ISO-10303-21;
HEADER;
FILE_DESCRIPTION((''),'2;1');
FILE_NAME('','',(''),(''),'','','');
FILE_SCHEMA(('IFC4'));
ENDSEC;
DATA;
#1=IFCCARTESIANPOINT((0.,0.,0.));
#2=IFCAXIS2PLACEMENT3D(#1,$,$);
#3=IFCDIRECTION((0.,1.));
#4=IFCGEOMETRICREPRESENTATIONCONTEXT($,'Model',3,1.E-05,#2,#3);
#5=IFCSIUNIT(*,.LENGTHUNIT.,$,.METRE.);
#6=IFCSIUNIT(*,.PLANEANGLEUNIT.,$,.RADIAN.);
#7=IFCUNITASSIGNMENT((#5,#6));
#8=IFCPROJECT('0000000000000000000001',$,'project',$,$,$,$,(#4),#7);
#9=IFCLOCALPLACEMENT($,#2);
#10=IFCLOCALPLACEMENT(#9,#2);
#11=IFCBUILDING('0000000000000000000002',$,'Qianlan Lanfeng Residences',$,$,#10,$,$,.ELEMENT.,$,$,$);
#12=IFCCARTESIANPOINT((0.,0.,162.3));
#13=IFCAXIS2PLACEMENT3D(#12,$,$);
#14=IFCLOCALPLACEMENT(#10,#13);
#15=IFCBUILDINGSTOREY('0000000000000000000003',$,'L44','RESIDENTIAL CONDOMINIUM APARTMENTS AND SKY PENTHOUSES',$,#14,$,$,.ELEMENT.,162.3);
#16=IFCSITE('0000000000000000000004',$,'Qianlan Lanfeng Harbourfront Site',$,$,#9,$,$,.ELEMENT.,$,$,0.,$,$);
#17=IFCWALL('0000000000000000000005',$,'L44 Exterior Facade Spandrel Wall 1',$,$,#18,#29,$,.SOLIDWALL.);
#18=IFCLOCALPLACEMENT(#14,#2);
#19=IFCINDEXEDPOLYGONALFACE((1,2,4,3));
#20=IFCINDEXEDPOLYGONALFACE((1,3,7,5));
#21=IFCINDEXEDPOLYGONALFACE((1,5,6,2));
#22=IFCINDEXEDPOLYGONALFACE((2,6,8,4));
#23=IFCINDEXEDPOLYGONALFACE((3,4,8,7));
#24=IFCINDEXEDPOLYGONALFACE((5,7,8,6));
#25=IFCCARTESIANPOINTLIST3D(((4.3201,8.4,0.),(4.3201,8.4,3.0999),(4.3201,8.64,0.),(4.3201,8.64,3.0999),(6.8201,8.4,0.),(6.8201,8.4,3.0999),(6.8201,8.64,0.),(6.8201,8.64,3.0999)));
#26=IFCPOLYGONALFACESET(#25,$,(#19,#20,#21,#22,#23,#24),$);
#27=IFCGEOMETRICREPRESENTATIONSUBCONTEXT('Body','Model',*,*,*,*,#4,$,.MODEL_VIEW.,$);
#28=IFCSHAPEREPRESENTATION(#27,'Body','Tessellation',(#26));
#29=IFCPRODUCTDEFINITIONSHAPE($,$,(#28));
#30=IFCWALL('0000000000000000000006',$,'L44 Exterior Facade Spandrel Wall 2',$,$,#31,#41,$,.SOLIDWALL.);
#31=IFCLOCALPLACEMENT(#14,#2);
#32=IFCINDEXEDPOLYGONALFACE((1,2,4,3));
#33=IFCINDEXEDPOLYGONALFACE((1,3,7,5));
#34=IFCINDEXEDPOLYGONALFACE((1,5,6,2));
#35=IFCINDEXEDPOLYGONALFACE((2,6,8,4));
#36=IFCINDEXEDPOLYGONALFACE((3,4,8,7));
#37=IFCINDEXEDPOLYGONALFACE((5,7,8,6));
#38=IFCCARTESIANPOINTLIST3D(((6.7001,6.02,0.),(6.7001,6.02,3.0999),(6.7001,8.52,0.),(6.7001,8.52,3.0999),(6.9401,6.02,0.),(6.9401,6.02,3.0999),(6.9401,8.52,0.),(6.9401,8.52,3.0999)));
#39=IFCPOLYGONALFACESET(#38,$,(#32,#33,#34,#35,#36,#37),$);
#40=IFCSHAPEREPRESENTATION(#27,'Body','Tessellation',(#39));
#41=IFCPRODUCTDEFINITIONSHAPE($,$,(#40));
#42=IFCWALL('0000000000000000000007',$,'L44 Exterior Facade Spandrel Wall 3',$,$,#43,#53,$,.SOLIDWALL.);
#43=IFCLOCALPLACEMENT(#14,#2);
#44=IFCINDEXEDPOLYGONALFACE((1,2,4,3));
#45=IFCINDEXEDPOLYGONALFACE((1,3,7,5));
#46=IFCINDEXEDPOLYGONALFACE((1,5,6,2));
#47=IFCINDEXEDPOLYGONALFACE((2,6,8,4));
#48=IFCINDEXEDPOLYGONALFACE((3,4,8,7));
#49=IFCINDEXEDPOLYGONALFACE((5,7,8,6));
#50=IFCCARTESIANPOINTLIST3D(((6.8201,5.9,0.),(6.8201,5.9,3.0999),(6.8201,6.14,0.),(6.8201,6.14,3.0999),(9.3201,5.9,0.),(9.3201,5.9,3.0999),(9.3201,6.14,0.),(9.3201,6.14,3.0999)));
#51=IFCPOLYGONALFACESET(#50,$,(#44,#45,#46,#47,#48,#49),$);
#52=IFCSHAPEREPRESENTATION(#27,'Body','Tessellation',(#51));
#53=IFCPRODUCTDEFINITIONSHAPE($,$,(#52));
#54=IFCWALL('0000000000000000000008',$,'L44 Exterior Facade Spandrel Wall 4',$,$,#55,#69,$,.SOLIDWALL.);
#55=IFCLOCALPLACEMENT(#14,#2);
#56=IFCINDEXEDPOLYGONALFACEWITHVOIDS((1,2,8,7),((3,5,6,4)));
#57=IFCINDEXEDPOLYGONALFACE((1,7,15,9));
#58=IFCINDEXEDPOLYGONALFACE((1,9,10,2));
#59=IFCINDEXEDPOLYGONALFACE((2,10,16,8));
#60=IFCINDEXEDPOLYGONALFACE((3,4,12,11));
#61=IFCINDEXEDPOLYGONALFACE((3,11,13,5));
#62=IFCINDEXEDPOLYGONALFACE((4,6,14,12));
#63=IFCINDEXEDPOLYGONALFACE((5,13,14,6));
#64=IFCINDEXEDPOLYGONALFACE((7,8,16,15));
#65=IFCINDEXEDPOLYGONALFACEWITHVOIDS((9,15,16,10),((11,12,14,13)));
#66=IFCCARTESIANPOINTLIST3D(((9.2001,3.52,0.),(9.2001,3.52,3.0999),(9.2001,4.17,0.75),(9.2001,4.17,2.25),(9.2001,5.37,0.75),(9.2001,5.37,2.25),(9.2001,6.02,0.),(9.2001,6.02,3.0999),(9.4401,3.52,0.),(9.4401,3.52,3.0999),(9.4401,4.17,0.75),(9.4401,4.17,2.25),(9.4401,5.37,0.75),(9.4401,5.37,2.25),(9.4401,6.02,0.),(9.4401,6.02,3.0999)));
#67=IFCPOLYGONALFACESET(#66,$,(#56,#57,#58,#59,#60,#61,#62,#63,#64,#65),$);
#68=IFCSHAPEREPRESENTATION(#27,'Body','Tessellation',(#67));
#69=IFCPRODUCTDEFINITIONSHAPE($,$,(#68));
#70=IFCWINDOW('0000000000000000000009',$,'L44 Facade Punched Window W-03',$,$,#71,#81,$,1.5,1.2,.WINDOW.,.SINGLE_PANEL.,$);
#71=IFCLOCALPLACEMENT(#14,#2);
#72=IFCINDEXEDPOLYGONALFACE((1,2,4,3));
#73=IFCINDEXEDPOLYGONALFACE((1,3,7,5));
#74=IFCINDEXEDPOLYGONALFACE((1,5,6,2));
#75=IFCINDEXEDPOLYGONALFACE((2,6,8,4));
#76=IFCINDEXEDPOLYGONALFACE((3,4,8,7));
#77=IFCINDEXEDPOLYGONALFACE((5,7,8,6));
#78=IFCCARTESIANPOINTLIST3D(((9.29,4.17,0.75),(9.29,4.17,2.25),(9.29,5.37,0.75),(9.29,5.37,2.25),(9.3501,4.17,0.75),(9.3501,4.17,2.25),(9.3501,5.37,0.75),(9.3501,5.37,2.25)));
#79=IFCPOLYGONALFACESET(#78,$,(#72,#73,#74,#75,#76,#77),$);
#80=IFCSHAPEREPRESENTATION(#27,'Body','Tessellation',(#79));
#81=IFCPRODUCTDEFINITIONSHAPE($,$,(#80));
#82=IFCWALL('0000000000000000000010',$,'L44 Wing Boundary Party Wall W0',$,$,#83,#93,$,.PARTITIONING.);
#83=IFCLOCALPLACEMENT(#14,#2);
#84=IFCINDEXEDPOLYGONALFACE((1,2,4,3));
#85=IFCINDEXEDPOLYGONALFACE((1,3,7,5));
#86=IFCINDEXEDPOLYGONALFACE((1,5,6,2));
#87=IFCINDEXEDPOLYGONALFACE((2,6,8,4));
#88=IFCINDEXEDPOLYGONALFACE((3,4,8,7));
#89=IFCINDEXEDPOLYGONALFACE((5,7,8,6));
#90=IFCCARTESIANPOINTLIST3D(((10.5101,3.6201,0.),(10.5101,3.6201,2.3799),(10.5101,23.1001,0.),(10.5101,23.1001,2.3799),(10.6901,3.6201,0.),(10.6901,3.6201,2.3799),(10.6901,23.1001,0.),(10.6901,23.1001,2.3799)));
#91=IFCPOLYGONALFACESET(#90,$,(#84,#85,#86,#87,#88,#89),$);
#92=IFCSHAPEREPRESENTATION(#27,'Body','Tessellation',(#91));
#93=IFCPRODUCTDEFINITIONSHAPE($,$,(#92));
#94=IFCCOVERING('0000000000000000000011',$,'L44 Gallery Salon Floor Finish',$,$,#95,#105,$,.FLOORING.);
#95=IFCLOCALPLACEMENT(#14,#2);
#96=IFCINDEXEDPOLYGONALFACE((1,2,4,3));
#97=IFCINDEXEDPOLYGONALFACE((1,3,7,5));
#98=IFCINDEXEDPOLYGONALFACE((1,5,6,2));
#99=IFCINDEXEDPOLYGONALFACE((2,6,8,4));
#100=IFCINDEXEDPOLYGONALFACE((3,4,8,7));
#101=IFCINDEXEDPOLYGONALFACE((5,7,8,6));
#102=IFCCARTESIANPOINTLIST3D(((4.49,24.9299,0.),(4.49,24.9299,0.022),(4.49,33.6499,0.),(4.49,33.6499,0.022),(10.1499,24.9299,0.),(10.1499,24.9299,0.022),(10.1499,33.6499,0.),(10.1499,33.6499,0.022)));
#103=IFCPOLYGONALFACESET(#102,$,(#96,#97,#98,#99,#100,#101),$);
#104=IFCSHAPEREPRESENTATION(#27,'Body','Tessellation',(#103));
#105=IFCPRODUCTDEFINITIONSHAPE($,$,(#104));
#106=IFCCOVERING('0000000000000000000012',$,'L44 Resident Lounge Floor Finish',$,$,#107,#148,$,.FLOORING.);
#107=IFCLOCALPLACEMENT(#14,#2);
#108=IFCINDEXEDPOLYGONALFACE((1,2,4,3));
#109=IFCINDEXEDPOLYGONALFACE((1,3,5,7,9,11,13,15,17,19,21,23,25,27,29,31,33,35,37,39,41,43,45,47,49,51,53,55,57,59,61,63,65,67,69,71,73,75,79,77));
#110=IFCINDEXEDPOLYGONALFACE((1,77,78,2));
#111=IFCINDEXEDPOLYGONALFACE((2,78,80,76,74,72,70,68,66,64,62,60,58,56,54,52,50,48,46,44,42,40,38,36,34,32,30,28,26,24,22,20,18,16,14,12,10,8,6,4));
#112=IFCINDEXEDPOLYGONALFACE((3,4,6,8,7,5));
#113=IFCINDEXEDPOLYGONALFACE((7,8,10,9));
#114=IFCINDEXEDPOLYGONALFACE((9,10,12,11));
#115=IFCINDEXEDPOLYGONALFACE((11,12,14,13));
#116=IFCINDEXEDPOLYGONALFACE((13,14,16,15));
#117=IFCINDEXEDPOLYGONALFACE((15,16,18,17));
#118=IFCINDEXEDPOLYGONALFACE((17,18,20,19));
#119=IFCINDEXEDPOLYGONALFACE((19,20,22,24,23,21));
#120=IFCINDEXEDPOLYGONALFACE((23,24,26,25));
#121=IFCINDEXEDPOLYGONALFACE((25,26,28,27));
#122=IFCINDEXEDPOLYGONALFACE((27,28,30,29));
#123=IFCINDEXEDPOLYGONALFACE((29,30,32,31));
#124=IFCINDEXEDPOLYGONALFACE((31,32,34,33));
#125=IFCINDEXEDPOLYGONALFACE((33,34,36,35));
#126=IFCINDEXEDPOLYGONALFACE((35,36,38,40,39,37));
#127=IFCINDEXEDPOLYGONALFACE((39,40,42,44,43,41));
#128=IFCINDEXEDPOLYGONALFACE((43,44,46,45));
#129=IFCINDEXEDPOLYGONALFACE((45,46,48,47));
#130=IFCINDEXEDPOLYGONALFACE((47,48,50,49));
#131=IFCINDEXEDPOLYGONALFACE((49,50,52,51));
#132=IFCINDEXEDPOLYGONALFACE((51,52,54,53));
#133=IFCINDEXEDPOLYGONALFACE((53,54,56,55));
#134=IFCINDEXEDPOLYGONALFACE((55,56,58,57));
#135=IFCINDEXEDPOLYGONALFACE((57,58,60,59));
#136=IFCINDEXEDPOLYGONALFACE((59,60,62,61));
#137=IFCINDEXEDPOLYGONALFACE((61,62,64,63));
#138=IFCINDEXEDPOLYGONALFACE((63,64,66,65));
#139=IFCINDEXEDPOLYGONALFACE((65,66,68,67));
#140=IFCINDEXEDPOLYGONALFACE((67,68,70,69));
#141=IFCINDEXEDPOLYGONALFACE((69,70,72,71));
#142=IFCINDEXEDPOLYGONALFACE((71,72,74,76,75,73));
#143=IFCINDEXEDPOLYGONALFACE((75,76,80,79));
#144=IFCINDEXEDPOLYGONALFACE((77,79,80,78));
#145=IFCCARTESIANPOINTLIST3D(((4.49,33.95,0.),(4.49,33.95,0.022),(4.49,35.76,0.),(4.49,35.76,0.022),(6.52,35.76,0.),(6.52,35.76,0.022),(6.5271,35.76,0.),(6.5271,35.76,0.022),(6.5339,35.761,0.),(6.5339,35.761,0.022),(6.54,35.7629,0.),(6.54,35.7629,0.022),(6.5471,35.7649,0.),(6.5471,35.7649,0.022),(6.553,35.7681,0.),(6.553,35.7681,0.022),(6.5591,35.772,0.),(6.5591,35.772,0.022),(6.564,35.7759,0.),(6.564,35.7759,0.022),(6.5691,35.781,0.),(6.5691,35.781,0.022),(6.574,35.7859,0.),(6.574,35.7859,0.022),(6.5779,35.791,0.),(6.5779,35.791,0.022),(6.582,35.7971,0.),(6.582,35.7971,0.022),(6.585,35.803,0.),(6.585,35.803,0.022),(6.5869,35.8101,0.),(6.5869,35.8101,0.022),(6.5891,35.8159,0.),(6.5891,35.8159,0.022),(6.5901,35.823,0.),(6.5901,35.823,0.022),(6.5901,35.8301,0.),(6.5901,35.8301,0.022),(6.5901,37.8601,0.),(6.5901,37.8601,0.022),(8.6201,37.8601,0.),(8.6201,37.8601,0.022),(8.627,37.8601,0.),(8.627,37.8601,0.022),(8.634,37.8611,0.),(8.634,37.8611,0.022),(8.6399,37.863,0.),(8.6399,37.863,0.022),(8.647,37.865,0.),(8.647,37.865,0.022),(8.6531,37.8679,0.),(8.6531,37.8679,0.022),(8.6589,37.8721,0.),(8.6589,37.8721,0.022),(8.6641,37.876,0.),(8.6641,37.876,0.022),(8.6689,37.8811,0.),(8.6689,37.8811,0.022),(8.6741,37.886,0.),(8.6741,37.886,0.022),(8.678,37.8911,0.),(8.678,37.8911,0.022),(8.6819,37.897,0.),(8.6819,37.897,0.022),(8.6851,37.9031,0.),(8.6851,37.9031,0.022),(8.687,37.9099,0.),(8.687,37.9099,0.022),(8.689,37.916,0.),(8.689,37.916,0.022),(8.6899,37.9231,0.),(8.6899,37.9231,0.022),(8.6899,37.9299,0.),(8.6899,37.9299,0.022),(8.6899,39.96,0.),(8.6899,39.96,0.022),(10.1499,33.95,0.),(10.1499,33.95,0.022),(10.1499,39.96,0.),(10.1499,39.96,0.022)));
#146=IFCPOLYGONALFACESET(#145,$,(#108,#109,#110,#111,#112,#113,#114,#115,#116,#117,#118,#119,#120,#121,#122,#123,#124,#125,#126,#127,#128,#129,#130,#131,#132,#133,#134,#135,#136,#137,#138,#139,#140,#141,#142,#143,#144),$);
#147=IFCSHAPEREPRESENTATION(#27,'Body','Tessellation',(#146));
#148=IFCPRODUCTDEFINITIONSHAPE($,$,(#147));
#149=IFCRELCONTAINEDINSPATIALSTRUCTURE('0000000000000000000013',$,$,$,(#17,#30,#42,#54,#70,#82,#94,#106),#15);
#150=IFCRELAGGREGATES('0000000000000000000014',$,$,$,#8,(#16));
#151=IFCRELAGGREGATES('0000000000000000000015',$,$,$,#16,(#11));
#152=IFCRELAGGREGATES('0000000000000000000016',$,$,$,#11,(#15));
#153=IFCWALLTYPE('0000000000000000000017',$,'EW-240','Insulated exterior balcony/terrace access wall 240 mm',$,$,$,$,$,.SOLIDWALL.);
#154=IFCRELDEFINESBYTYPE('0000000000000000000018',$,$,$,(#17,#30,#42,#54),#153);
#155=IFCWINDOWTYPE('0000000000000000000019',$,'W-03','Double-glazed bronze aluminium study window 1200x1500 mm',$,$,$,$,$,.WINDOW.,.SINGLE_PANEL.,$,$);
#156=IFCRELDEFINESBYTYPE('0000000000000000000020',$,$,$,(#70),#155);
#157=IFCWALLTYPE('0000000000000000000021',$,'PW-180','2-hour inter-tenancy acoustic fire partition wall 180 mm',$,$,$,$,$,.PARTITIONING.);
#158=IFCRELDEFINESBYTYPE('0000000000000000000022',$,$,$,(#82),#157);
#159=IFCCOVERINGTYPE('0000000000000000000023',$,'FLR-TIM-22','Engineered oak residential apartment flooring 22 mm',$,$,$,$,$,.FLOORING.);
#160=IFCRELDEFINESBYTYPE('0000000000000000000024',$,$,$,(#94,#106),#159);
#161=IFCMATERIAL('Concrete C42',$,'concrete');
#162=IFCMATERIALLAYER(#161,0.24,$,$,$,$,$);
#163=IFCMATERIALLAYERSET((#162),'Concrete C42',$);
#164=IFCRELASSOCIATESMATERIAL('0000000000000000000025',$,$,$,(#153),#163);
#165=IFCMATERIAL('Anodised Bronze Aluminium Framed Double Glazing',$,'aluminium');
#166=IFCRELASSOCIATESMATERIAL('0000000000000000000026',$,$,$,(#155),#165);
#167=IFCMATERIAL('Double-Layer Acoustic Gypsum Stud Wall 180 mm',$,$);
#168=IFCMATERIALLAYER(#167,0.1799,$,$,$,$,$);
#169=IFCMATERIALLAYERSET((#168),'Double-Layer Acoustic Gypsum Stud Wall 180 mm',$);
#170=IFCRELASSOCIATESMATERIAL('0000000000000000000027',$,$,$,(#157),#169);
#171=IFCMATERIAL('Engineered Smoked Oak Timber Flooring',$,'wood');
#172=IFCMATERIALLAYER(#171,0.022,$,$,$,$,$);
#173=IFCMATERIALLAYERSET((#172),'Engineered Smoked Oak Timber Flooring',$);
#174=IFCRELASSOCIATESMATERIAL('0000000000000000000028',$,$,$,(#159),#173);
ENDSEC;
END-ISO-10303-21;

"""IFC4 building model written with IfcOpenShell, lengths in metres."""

from ifc_helpers import new_model, si_unit, direction, frame, frame_2d, origin, place, context, subcontext, project, spatial, polyline, rectangle, outline, extrude, material, layer, layer_set, type_object, element, fill, save


model = new_model("IFC4")

# Units and contexts
model_context = context("Model", 3, precision=1e-05, world=origin(), true_north=direction((0.0, 1.0)))
body_context = subcontext(model_context, "Body", "Model", "MODEL_VIEW")
ifc_project = project(units=[si_unit("LENGTHUNIT", "METRE"), si_unit("PLANEANGLEUNIT", "RADIAN")], contexts=[model_context])

# Site, building, storey
site_placement = place(None, origin())
site = spatial("IfcSite", under=ifc_project, at=site_placement, Name="Qianlan Lanfeng Harbourfront Site", CompositionType="ELEMENT", RefElevation=0.0)
building_placement = place(site_placement, origin())
building = spatial("IfcBuilding", under=site, at=building_placement, Name="Qianlan Lanfeng Residences", CompositionType="ELEMENT")
storey_placement = place(building_placement, frame((0.0, 0.0, 162.3)))
storey = spatial("IfcBuildingStorey", under=building, at=storey_placement, Name="L44", Description="RESIDENTIAL CONDOMINIUM APARTMENTS AND SKY PENTHOUSES", CompositionType="ELEMENT", Elevation=162.3)

# Walls
ifc_material_1 = material(Name="Concrete C42", Category="concrete")
ifc_layer_1 = layer(ifc_material_1, 0.24)
ifc_layer_set_1 = layer_set([ifc_layer_1], Name="Concrete C42")
wall_type_1 = type_object("IfcWallType", Name="EW-240", Description="Insulated exterior balcony/terrace access wall 240 mm", PredefinedType="SOLIDWALL", material=ifc_layer_set_1)
for number, where, z_axis, x_axis, name in (
    (1, (4.3201, 8.52, 0.0), (0.0, 0.0, 1.0), (1.0, 0.0, 0.0), "L44 Exterior Facade Spandrel Wall 1"),
    (2, (6.8201, 8.52, 0.0), (0.0, 0.0, 1.0), (0.0, -1.0, 0.0), "L44 Exterior Facade Spandrel Wall 2"),
    (3, (6.8201, 6.02, 0.0), (0.0, 0.0, 1.0), (1.0, 0.0, 0.0), "L44 Exterior Facade Spandrel Wall 3"),
):
    element("IfcWall", number, at=place(storey_placement, frame(where, z_axis=z_axis, x_axis=x_axis)), inside=storey, type_object=wall_type_1, Name=name, PredefinedType="SOLIDWALL", context=body_context, shape_type="SweptSolid", body=[
        extrude(rectangle(XDim=2.5, YDim=0.24, at=frame_2d((1.25, 0.0))), origin(), (0.0, 0.0, 1.0), 3.0999),
    ])

# Wall, opening, window
wall_1_placement = place(storey_placement, frame((9.3201, 6.02, 0.0), z_axis=(0.0, 0.0, 1.0), x_axis=(0.0, -1.0, 0.0)))
wall_1 = element("IfcWall", 4, at=wall_1_placement, inside=storey, type_object=wall_type_1, Name="L44 Exterior Facade Spandrel Wall 4", PredefinedType="SOLIDWALL", context=body_context, shape_type="SweptSolid", body=[
    extrude(rectangle(XDim=2.5, YDim=0.24, at=frame_2d((1.25, 0.0))), origin(), (0.0, 0.0, 1.0), 3.0999),
])
opening_placement = place(wall_1_placement, frame((0.6499, 0.0, 0.75)))
opening = element("IfcOpeningElement", 5, at=opening_placement, cuts=wall_1, PredefinedType="OPENING", context=body_context, shape_type="SweptSolid", body=[
    extrude(rectangle(XDim=1.2, YDim=1.5, at=frame_2d((0.6001, 0.75))), frame((0.0, 0.1299, 0.0), z_axis=(0.0, -1.0, 0.0), x_axis=(1.0, 0.0, 0.0)), (0.0, 0.0, 1.0), 0.26),
])
ifc_material_2 = material(Name="Anodised Bronze Aluminium Framed Double Glazing", Category="aluminium")
window_type = type_object("IfcWindowType", Name="W-03", Description="Double-glazed bronze aluminium study window 1200x1500 mm", PartitioningType="SINGLE_PANEL", PredefinedType="WINDOW", material=ifc_material_2)
window_placement = place(opening_placement, origin())
window = element("IfcWindow", 6, at=window_placement, inside=storey, type_object=window_type, Name="L44 Facade Punched Window W-03", OverallHeight=1.5, OverallWidth=1.2, PartitioningType="SINGLE_PANEL", PredefinedType="WINDOW", context=body_context, shape_type="SweptSolid", body=[
    extrude(rectangle(XDim=1.2, YDim=1.5, at=frame_2d((0.6001, 0.75))), frame((0.0, 0.03, 0.0), z_axis=(0.0, -1.0, 0.0), x_axis=(1.0, 0.0, 0.0)), (0.0, 0.0, 1.0), 0.0601),
])
fill(opening, window)

# Wall
ifc_material_3 = material(Name="Double-Layer Acoustic Gypsum Stud Wall 180 mm")
ifc_layer_2 = layer(ifc_material_3, 0.1799)
ifc_layer_set_2 = layer_set([ifc_layer_2], Name="Double-Layer Acoustic Gypsum Stud Wall 180 mm")
wall_type_2 = type_object("IfcWallType", Name="PW-180", Description="2-hour inter-tenancy acoustic fire partition wall 180 mm", PredefinedType="PARTITIONING", material=ifc_layer_set_2)
wall_2_placement = place(storey_placement, frame((10.6001, 3.6201, 0.0), z_axis=(0.0, 0.0, 1.0), x_axis=(0.0, 1.0, 0.0)))
element("IfcWall", 7, at=wall_2_placement, inside=storey, type_object=wall_type_2, Name="L44 Wing Boundary Party Wall W0", PredefinedType="PARTITIONING", context=body_context, shape_type="SweptSolid", body=[
    extrude(rectangle(XDim=19.48, YDim=0.1799, at=frame_2d((9.74, 0.0))), origin(), (0.0, 0.0, 1.0), 2.3799),
])

# Coverings
ifc_material_4 = material(Name="Engineered Smoked Oak Timber Flooring", Category="wood")
ifc_layer_3 = layer(ifc_material_4, 0.022)
ifc_layer_set_3 = layer_set([ifc_layer_3], Name="Engineered Smoked Oak Timber Flooring")
covering_type = type_object("IfcCoveringType", Name="FLR-TIM-22", Description="Engineered oak residential apartment flooring 22 mm", PredefinedType="FLOORING", material=ifc_layer_set_3)
covering_1_placement = place(storey_placement, origin())
element("IfcCovering", 8, at=covering_1_placement, inside=storey, type_object=covering_type, Name="L44 Gallery Salon Floor Finish", PredefinedType="FLOORING", context=body_context, shape_type="SweptSolid", body=[
    extrude(outline(polyline([(10.1499, 33.6499), (4.49, 33.6499), (4.49, 24.9299), (10.1499, 24.9299), (10.1499, 33.6499)])), origin(), (0.0, 0.0, 1.0), 0.022),
])
covering_2_placement = place(storey_placement, origin())
element("IfcCovering", 9, at=covering_2_placement, inside=storey, type_object=covering_type, Name="L44 Resident Lounge Floor Finish", PredefinedType="FLOORING", context=body_context, shape_type="SweptSolid", body=[
    extrude(outline(polyline([(4.49, 33.95), (10.1499, 33.95), (10.1499, 39.96), (8.6899, 39.96), (8.6899, 37.9299), (8.6899, 37.9231), (8.689, 37.916), (8.687, 37.9099), (8.6851, 37.9031), (8.6819, 37.897), (8.678, 37.8911), (8.6741, 37.886), (8.6689, 37.8811), (8.6641, 37.876), (8.6589, 37.8721), (8.6531, 37.8679), (8.647, 37.865), (8.6399, 37.863), (8.634, 37.8611), (8.627, 37.8601), (8.6201, 37.8601), (6.5901, 37.8601), (6.5901, 35.8301), (6.5901, 35.823), (6.5891, 35.8159), (6.5869, 35.8101), (6.585, 35.803), (6.582, 35.7971), (6.5779, 35.791), (6.574, 35.7859), (6.5691, 35.781), (6.564, 35.7759), (6.5591, 35.772), (6.553, 35.7681), (6.5471, 35.7649), (6.54, 35.7629), (6.5339, 35.761), (6.5271, 35.76), (6.52, 35.76), (4.49, 35.76), (4.49, 33.95)])), origin(), (0.0, 0.0, 1.0), 0.022),
])

save(model, "model.ifc")
